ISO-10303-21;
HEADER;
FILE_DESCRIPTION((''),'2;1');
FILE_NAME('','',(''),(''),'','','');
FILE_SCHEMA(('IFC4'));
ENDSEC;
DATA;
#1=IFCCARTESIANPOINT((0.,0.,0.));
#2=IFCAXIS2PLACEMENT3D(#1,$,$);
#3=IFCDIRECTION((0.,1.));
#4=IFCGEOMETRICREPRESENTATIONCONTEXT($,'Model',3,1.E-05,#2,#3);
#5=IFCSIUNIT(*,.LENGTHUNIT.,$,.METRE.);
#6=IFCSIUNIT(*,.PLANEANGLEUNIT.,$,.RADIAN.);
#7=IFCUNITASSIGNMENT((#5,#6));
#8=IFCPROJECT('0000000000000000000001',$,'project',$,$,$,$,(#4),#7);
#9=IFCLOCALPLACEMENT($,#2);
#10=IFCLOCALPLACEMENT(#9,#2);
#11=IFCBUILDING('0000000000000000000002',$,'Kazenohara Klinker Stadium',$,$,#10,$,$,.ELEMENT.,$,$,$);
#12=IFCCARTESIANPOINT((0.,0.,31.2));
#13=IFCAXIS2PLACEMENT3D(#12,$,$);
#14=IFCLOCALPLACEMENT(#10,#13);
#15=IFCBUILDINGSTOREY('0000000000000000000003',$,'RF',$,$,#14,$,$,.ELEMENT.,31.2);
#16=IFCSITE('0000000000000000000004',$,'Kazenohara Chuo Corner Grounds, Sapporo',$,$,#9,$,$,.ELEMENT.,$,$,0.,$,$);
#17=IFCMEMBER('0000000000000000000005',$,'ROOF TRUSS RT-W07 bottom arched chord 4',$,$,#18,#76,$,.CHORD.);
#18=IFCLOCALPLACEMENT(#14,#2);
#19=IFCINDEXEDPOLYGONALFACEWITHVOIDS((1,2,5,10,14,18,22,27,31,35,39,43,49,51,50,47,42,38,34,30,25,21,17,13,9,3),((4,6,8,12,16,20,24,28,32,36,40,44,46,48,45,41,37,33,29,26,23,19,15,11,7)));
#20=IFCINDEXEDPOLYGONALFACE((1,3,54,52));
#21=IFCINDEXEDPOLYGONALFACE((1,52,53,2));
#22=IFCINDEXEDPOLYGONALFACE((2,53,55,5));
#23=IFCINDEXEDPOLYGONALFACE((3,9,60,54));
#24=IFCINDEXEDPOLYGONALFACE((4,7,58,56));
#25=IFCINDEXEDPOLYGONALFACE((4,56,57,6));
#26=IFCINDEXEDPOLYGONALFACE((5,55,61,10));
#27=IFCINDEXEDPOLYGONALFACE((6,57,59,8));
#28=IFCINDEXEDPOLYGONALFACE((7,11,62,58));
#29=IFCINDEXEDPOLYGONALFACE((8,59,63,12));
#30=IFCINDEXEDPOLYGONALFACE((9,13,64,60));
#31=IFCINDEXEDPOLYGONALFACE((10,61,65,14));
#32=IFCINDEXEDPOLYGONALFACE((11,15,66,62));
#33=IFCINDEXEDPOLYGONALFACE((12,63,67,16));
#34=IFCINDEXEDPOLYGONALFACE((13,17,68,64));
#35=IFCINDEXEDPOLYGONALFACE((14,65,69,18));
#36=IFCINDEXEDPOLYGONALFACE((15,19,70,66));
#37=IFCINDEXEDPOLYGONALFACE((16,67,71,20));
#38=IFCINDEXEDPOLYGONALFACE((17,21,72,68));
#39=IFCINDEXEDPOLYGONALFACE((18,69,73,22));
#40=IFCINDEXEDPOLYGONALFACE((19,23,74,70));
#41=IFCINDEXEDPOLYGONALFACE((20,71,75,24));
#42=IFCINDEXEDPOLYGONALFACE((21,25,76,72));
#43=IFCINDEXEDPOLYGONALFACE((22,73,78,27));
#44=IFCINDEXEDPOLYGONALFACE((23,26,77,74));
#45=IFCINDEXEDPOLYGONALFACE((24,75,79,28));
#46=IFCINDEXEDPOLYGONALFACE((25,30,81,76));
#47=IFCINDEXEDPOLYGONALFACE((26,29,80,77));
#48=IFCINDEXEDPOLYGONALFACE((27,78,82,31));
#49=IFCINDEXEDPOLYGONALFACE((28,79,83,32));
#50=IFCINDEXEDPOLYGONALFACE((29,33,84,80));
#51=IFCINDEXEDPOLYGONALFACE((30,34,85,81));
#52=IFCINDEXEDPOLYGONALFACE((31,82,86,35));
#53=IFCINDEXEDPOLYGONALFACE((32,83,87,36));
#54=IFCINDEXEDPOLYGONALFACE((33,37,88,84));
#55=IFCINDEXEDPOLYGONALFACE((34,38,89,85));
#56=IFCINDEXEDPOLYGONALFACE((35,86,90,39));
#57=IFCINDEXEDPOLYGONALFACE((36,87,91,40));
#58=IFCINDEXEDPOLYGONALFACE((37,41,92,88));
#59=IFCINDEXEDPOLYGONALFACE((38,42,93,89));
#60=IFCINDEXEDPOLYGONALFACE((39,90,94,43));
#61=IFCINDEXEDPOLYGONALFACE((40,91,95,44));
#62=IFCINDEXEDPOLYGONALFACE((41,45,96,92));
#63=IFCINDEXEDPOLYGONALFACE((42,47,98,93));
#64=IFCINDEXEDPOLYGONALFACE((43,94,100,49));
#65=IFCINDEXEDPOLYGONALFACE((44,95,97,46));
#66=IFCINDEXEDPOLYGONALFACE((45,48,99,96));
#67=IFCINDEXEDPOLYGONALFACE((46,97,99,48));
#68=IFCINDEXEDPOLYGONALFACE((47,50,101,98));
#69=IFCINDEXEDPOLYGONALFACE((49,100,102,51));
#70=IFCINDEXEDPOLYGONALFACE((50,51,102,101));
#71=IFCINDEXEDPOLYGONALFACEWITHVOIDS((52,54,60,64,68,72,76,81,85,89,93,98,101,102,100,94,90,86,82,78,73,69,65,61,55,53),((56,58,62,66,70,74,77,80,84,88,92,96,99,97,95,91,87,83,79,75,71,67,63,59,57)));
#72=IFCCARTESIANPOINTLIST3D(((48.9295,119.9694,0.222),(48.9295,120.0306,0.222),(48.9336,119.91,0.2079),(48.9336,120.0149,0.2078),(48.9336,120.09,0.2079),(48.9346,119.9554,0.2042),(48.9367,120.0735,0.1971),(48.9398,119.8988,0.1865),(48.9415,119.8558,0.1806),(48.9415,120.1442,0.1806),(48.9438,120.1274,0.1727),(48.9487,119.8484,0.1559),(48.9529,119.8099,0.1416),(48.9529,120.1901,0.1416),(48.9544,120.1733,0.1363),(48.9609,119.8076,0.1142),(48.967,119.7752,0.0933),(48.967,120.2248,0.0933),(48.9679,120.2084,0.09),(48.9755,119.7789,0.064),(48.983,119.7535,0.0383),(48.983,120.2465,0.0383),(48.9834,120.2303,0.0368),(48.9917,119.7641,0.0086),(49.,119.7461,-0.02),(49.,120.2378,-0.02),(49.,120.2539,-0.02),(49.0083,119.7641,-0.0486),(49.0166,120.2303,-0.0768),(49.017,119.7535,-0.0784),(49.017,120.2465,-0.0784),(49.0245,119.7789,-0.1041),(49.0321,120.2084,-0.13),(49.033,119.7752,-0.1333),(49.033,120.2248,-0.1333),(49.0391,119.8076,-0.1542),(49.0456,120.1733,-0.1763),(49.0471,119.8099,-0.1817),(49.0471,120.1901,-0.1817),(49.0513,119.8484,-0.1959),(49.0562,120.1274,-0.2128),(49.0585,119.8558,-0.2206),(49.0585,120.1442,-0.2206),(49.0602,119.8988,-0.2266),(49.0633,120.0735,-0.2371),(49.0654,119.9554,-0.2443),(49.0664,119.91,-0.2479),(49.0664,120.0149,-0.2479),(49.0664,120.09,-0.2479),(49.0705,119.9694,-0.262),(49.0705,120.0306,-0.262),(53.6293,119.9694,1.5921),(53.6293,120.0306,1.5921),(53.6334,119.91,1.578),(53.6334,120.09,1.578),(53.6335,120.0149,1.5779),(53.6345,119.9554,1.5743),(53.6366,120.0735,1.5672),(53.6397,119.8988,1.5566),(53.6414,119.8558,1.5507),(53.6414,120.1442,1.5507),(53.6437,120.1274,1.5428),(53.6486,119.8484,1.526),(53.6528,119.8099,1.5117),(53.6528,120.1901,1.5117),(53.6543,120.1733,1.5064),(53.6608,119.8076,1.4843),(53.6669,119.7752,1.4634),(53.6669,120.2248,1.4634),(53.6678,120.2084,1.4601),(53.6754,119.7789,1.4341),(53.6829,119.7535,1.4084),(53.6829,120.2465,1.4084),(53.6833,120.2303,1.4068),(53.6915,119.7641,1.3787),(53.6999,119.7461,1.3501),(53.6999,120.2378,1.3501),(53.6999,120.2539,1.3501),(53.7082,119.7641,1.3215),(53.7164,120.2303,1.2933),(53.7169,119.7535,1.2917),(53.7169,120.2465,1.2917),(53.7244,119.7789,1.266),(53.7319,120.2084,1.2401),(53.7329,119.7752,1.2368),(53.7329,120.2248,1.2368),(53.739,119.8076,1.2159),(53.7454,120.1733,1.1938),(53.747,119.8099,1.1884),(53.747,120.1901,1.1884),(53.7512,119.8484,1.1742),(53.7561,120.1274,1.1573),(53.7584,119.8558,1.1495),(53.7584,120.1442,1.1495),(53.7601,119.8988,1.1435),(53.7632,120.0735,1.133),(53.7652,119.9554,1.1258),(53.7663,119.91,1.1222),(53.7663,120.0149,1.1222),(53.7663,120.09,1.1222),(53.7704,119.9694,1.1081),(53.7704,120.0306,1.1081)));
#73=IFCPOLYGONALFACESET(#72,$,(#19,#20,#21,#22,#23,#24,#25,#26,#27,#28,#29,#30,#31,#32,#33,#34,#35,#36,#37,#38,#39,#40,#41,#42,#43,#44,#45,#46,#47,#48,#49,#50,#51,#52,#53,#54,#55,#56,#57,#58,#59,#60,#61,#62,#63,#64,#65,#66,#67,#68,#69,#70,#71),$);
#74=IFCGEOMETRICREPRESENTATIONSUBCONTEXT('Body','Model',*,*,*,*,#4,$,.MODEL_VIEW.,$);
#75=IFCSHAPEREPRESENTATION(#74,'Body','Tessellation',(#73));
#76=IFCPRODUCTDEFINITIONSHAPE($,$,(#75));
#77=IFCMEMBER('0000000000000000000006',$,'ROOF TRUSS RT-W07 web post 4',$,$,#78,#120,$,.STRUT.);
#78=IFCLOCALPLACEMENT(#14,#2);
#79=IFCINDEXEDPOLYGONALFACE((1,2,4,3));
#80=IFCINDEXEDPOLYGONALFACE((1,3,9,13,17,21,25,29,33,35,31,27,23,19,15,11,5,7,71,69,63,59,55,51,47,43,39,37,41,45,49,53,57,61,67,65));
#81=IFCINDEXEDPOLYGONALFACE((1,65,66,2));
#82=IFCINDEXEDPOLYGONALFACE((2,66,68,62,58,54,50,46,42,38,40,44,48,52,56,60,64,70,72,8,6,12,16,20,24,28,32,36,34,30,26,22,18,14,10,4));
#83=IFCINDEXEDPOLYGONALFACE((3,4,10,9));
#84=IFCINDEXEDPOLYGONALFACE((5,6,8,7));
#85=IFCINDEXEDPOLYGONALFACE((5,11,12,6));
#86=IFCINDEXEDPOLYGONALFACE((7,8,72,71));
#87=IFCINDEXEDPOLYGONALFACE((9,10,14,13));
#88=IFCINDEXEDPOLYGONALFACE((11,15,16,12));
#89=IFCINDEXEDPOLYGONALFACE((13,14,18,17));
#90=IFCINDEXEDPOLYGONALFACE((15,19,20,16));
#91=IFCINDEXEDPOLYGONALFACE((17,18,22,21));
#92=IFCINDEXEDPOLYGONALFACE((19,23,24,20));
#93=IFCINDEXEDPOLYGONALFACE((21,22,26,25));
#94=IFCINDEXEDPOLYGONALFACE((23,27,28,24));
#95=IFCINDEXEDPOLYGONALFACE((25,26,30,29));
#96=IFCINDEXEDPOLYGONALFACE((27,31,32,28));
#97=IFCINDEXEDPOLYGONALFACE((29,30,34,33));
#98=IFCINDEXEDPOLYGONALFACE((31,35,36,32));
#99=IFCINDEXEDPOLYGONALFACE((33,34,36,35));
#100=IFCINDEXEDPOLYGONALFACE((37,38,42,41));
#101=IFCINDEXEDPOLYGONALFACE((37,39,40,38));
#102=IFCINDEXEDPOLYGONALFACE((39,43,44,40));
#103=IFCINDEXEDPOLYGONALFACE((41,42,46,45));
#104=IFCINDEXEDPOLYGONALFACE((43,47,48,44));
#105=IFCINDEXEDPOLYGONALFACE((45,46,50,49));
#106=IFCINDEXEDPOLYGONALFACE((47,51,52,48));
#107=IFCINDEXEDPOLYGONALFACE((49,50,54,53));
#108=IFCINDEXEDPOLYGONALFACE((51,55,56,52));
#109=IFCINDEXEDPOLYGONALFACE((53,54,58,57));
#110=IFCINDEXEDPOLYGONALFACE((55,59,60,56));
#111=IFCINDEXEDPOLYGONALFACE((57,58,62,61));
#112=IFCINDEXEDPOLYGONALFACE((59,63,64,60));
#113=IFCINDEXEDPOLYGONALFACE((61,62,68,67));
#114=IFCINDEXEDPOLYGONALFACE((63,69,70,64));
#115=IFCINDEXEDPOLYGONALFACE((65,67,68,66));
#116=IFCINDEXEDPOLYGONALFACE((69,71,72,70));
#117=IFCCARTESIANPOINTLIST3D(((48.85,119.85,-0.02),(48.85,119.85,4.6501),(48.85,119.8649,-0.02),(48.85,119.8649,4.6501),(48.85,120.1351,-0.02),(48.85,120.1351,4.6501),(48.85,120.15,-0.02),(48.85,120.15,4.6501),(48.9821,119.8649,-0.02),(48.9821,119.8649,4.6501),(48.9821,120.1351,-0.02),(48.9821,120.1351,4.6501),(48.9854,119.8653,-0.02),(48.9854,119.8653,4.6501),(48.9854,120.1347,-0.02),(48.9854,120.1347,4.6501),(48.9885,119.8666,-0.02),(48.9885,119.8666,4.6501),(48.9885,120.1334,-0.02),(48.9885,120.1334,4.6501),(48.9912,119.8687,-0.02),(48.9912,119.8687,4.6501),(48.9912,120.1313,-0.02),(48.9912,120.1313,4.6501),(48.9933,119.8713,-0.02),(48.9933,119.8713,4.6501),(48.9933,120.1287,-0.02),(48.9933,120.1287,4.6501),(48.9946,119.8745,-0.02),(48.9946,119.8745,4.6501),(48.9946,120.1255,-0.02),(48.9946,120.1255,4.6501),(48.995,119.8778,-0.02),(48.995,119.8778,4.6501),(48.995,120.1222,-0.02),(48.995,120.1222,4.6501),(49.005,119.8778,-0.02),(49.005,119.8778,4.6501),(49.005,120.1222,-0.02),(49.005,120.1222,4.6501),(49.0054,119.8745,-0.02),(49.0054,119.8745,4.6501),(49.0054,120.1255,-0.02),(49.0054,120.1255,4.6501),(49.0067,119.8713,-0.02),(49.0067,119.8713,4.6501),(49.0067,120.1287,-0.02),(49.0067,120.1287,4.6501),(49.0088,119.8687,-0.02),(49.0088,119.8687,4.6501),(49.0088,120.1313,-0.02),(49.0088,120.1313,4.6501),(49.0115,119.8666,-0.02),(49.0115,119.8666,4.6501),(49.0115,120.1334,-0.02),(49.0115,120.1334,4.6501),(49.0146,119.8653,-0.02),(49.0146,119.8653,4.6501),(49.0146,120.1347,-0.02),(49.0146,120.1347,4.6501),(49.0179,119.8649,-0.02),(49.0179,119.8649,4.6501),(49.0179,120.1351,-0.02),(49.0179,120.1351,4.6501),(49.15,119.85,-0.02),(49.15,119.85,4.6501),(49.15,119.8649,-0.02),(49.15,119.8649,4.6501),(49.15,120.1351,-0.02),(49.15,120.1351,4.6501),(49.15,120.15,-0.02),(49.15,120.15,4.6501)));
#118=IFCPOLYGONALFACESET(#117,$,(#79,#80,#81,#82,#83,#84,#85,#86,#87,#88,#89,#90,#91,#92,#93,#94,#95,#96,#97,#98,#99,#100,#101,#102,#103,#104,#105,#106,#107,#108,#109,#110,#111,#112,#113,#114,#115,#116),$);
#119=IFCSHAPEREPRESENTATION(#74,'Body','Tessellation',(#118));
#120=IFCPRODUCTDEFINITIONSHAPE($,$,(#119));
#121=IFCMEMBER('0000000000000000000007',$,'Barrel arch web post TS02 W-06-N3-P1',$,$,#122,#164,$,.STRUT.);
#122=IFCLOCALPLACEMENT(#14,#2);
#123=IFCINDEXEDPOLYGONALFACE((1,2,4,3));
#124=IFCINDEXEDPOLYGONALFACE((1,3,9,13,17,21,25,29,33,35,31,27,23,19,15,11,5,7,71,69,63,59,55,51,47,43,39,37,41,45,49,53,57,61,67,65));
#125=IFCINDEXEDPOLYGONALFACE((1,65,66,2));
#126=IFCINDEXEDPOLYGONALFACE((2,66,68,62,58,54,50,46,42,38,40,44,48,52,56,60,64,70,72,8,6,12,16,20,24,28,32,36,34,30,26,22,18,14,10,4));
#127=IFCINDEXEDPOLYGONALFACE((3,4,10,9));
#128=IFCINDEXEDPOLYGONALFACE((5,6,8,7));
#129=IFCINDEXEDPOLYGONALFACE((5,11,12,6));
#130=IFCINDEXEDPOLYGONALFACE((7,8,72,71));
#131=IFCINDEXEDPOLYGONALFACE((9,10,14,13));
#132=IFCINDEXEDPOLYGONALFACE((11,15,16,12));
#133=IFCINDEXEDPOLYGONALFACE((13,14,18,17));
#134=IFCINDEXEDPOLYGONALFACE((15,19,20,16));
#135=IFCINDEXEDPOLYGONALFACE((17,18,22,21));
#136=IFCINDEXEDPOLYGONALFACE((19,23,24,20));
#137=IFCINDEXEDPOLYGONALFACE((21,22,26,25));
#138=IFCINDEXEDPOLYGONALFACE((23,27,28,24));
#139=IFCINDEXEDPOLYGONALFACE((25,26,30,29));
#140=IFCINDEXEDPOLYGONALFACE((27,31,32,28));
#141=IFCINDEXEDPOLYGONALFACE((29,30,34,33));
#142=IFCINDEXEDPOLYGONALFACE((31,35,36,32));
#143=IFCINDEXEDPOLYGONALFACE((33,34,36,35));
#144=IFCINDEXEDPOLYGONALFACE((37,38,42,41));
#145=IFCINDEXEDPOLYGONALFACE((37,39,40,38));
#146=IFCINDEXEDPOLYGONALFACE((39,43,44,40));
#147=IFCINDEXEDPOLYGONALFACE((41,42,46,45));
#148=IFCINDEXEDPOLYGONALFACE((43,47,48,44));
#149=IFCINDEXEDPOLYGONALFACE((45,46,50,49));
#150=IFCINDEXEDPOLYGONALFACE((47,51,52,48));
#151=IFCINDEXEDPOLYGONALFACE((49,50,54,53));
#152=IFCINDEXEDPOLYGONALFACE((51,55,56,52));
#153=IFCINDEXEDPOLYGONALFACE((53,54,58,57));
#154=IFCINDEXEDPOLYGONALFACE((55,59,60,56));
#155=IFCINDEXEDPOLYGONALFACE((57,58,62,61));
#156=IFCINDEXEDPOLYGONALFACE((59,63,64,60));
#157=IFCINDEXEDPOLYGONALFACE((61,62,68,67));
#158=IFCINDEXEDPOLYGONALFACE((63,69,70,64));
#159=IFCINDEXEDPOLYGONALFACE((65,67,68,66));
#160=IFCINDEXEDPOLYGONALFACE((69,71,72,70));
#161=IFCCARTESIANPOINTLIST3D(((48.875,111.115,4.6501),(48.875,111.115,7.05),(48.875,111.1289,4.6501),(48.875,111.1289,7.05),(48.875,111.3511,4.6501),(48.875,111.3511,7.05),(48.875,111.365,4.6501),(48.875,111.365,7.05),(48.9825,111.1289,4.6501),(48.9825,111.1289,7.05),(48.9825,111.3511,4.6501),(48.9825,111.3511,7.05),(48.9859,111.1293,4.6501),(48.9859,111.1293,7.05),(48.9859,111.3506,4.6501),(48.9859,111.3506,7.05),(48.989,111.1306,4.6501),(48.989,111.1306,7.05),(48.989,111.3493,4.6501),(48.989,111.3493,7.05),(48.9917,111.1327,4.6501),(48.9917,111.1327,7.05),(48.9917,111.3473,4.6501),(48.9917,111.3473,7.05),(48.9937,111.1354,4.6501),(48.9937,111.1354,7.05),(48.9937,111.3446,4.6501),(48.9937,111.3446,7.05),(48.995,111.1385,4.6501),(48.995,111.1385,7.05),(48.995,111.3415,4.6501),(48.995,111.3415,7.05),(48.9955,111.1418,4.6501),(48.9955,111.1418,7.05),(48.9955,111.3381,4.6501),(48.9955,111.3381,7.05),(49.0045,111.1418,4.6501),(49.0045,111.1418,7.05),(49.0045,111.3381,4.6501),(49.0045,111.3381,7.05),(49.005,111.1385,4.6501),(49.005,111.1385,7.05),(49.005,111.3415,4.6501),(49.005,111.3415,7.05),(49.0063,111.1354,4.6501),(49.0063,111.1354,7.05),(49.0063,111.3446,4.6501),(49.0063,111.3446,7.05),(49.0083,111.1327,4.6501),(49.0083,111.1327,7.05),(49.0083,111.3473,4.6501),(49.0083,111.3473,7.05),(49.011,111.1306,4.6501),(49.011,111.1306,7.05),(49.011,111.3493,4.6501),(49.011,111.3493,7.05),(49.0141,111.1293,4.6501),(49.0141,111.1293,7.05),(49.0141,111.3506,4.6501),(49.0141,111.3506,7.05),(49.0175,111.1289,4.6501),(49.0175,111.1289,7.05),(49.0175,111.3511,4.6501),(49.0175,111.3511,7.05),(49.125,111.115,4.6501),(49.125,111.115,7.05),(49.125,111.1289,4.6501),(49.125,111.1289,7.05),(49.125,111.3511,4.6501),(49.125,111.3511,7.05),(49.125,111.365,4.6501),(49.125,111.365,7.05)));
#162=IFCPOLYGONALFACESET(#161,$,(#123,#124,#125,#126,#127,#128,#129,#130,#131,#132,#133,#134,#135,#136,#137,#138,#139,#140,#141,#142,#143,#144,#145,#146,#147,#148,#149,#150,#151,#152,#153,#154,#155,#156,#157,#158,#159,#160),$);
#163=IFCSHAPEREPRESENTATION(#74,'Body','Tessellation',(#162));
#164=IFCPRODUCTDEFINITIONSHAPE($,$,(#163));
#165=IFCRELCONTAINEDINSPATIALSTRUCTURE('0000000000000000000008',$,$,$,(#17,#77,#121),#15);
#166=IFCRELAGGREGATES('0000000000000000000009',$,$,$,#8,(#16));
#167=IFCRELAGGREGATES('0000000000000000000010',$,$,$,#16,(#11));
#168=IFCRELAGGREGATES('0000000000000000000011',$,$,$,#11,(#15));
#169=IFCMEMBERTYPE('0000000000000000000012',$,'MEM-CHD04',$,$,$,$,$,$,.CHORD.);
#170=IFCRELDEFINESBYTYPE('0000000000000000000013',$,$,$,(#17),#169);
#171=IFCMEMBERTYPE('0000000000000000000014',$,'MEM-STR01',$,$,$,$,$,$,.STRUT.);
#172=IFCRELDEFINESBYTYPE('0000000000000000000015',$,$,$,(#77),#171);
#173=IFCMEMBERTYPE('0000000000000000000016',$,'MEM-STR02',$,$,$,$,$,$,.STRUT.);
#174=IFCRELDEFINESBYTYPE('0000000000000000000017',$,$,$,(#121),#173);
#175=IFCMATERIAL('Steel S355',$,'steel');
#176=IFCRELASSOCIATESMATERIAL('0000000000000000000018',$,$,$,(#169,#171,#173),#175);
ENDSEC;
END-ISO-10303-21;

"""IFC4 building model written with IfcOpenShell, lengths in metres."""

from ifc_helpers import new_model, si_unit, direction, frame, origin, origin_2d, place, context, subcontext, project, spatial, hollow_circle, i_section, extrude, material, material_profile, profile_set, type_object, element, save


model = new_model("IFC4")

# Units and contexts
model_context = context("Model", 3, precision=1e-05, world=origin(), true_north=direction((0.0, 1.0)))
body_context = subcontext(model_context, "Body", "Model", "MODEL_VIEW")
ifc_project = project(units=[si_unit("LENGTHUNIT", "METRE"), si_unit("PLANEANGLEUNIT", "RADIAN")], contexts=[model_context])

# Site, building, storey
site_placement = place(None, origin())
site = spatial("IfcSite", under=ifc_project, at=site_placement, Name="Kazenohara Chuo Corner Grounds, Sapporo", CompositionType="ELEMENT", RefElevation=0.0)
building_placement = place(site_placement, origin())
building = spatial("IfcBuilding", under=site, at=building_placement, Name="Kazenohara Klinker Stadium", CompositionType="ELEMENT")
storey_placement = place(building_placement, frame((0.0, 0.0, 31.2)))
storey = spatial("IfcBuildingStorey", under=building, at=storey_placement, Name="RF", CompositionType="ELEMENT", Elevation=31.2)

# Members
ifc_material_1 = material(Name="Steel S355", Category="steel")
ifc_material_profile_1 = material_profile(ifc_material_1, hollow_circle(Radius=0.2539, WallThickness=0.0161, at=origin_2d()), Name="CHS-508.0x16")
ifc_profile_set_1 = profile_set([ifc_material_profile_1], Name="Steel S355")
member_type_1 = type_object("IfcMemberType", Name="MEM-CHD04", PredefinedType="CHORD", material=ifc_profile_set_1)
member_1_placement = place(storey_placement, frame((49.0, 120.0, -0.02), z_axis=(0.960039, 0.0, 0.279868), x_axis=(0.0, 1.0, 0.0)))
element("IfcMember", 1, at=member_1_placement, inside=storey, type_object=member_type_1, Name="ROOF TRUSS RT-W07 bottom arched chord 4", PredefinedType="CHORD", context=body_context, shape_type="SweptSolid", body=[
    extrude(hollow_circle(Radius=0.2539, WallThickness=0.0161, at=origin_2d()), origin(), (0.0, 0.0, 1.0), 4.8955),
])
ifc_material_profile_2 = material_profile(ifc_material_1, i_section(OverallWidth=0.3, OverallDepth=0.3, WebThickness=0.01, FlangeThickness=0.0149, FilletRadius=0.0129, at=origin_2d()), Name="H-300x300x10x15")
ifc_profile_set_2 = profile_set([ifc_material_profile_2], Name="Steel S355")
member_type_2 = type_object("IfcMemberType", Name="MEM-STR01", PredefinedType="STRUT", material=ifc_profile_set_2)
member_2_placement = place(storey_placement, frame((49.0, 120.0, -0.02), z_axis=(0.0, 0.0, 1.0), x_axis=(1.0, 0.0, 0.0)))
element("IfcMember", 2, at=member_2_placement, inside=storey, type_object=member_type_2, Name="ROOF TRUSS RT-W07 web post 4", PredefinedType="STRUT", context=body_context, shape_type="SweptSolid", body=[
    extrude(i_section(OverallWidth=0.3, OverallDepth=0.3, WebThickness=0.01, FlangeThickness=0.0149, FilletRadius=0.0129, at=origin_2d()), origin(), (0.0, 0.0, 1.0), 4.6702),
])
ifc_material_profile_3 = material_profile(ifc_material_1, i_section(OverallWidth=0.25, OverallDepth=0.25, WebThickness=0.009, FlangeThickness=0.0139, FilletRadius=0.0129, at=origin_2d()), Name="H-250x250x9x14")
ifc_profile_set_3 = profile_set([ifc_material_profile_3], Name="Steel S355")
member_type_3 = type_object("IfcMemberType", Name="MEM-STR02", PredefinedType="STRUT", material=ifc_profile_set_3)
member_3_placement = place(storey_placement, frame((49.0, 111.24, 4.6501), z_axis=(0.0, 0.0, 1.0), x_axis=(1.0, 0.0, 0.0)))
element("IfcMember", 3, at=member_3_placement, inside=storey, type_object=member_type_3, Name="Barrel arch web post TS02 W-06-N3-P1", PredefinedType="STRUT", context=body_context, shape_type="SweptSolid", body=[
    extrude(i_section(OverallWidth=0.25, OverallDepth=0.25, WebThickness=0.009, FlangeThickness=0.0139, FilletRadius=0.0129, at=origin_2d()), origin(), (0.0, 0.0, 1.0), 2.3999),
])

save(model, "model.ifc")
